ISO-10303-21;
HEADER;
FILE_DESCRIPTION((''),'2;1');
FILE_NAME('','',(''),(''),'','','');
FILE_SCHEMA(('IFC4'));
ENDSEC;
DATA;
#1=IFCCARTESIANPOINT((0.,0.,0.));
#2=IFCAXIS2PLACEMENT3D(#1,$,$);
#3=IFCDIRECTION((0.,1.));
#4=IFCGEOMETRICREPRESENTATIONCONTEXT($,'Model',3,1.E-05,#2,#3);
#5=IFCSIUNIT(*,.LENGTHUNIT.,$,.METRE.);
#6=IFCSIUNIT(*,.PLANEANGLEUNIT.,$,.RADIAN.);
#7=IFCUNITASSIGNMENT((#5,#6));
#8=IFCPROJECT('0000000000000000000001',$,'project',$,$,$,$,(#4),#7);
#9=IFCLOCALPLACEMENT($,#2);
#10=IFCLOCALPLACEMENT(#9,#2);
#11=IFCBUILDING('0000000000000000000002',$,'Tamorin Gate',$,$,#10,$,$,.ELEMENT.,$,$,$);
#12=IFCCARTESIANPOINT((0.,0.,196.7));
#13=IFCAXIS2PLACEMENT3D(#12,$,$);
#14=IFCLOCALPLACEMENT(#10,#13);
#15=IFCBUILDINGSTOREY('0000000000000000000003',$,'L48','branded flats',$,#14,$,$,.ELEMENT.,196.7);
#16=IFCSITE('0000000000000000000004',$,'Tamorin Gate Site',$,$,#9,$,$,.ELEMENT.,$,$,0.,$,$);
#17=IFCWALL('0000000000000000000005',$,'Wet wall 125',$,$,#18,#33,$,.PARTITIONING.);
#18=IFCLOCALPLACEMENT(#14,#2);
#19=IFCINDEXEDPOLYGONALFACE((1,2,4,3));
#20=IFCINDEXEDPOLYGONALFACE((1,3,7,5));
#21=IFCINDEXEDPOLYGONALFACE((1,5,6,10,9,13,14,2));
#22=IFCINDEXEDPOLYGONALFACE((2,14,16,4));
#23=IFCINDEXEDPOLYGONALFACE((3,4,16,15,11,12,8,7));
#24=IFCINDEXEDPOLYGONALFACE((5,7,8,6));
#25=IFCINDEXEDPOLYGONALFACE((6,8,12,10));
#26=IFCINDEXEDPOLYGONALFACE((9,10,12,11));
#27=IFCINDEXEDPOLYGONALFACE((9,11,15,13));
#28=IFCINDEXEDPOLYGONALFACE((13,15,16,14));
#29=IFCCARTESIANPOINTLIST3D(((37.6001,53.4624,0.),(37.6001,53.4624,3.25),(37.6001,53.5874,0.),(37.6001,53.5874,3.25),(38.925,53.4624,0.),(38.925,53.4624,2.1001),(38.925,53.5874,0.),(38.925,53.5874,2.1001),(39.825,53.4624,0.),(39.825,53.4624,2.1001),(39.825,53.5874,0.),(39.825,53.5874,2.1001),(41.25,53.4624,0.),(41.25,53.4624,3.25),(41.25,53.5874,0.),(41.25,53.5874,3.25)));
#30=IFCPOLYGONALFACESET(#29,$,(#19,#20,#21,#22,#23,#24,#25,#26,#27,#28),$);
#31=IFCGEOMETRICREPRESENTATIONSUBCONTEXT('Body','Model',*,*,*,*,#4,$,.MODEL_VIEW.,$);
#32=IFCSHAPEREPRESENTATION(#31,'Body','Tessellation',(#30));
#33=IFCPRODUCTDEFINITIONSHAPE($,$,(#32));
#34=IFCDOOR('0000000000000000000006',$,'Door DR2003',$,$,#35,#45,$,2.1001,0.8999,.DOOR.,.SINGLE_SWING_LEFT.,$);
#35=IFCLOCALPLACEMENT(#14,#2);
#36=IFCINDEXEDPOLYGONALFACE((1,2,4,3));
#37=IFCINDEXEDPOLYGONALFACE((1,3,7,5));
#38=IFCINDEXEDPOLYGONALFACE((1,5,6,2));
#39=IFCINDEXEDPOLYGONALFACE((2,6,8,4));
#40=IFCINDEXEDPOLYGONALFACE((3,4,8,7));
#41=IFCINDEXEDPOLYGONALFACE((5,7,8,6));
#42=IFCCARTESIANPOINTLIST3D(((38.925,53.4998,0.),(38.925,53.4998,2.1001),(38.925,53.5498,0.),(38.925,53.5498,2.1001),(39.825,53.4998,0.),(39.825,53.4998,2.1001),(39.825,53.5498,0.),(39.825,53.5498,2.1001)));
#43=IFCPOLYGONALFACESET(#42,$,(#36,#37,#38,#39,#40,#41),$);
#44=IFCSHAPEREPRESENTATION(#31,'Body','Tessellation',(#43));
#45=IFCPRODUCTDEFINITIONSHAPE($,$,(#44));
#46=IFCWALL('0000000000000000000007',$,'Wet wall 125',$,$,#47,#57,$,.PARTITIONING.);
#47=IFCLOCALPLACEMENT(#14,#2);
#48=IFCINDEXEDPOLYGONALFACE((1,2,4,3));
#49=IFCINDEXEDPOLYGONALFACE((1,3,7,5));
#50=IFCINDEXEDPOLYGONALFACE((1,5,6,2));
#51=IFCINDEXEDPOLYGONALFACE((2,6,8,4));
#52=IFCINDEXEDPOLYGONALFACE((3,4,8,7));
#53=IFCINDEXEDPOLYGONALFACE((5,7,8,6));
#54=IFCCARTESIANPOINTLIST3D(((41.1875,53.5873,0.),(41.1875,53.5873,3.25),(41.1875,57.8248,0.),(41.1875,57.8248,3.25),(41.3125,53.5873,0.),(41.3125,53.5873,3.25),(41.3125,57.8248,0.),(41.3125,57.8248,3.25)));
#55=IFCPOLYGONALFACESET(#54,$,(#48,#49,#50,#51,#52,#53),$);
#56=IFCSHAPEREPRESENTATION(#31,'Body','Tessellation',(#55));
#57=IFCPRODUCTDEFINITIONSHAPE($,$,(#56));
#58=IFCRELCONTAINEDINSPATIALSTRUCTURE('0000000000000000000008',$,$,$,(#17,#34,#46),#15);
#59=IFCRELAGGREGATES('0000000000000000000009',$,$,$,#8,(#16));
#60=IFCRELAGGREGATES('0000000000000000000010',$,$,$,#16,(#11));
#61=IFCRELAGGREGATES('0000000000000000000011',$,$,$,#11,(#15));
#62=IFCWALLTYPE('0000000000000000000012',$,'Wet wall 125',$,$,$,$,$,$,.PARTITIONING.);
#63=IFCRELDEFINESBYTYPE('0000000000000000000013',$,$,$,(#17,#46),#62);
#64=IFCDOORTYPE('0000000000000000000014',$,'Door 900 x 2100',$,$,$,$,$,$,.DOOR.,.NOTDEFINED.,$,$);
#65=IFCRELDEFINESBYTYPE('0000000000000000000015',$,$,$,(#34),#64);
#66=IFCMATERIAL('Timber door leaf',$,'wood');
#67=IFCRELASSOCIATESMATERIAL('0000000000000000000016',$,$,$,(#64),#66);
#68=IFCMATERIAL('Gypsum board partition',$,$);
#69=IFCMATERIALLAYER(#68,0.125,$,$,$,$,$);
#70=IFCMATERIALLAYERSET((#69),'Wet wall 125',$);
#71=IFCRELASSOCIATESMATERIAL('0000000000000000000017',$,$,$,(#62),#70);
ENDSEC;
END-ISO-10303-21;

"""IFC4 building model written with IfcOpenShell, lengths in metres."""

from ifc_helpers import new_model, si_unit, direction, frame, frame_2d, origin, place, context, subcontext, project, spatial, rectangle, extrude, material, layer, layer_set, type_object, element, fill, save


model = new_model("IFC4")

# Units and contexts
model_context = context("Model", 3, precision=1e-05, world=origin(), true_north=direction((0.0, 1.0)))
body_context = subcontext(model_context, "Body", "Model", "MODEL_VIEW")
ifc_project = project(units=[si_unit("LENGTHUNIT", "METRE"), si_unit("PLANEANGLEUNIT", "RADIAN")], contexts=[model_context])

# Site, building, storey
site_placement = place(None, origin())
site = spatial("IfcSite", under=ifc_project, at=site_placement, Name="Tamorin Gate Site", CompositionType="ELEMENT", RefElevation=0.0)
building_placement = place(site_placement, origin())
building = spatial("IfcBuilding", under=site, at=building_placement, Name="Tamorin Gate", CompositionType="ELEMENT")
storey_placement = place(building_placement, frame((0.0, 0.0, 196.7)))
storey = spatial("IfcBuildingStorey", under=building, at=storey_placement, Name="L48", Description="branded flats", CompositionType="ELEMENT", Elevation=196.7)

# Shared definitions
ifc_material_1 = material(Name="Gypsum board partition")

# Shared definitions
ifc_material_2 = material(Name="Timber door leaf", Category="wood")
door_type = type_object("IfcDoorType", Name="Door 900 x 2100", OperationType="NOTDEFINED", PredefinedType="DOOR", material=ifc_material_2)

# Wall, opening, door
ifc_layer_1 = layer(ifc_material_1, 0.125)
ifc_layer_set_1 = layer_set([ifc_layer_1], Name="Wet wall 125")
wall_type_1 = type_object("IfcWallType", Name="Wet wall 125", PredefinedType="PARTITIONING", material=ifc_layer_set_1)
wall_1_placement = place(storey_placement, frame((37.6001, 53.5249, 0.0), z_axis=(0.0, 0.0, 1.0), x_axis=(1.0, 0.0, 0.0)))
wall_1 = element("IfcWall", 1, at=wall_1_placement, inside=storey, type_object=wall_type_1, Name="Wet wall 125", PredefinedType="PARTITIONING", context=body_context, shape_type="SweptSolid", body=[
    extrude(rectangle(XDim=3.6499, YDim=0.125, at=frame_2d((1.825, 0.0))), origin(), (0.0, 0.0, 1.0), 3.25),
])
opening_1_placement = place(wall_1_placement, frame((1.325, 0.0, 0.0)))
opening_1 = element("IfcOpeningElement", 2, at=opening_1_placement, cuts=wall_1, PredefinedType="OPENING", context=body_context, shape_type="SweptSolid", body=[
    extrude(rectangle(XDim=0.8999, YDim=2.1001, at=frame_2d((0.45, 1.05))), frame((0.0, 0.0725, 0.0), z_axis=(0.0, -1.0, 0.0), x_axis=(1.0, 0.0, 0.0)), (0.0, 0.0, 1.0), 0.145),
])
door_1_placement = place(opening_1_placement, origin())
door_1 = element("IfcDoor", 3, at=door_1_placement, inside=storey, type_object=door_type, Name="Door DR2003", OperationType="SINGLE_SWING_LEFT", OverallHeight=2.1001, OverallWidth=0.8999, PredefinedType="DOOR", context=body_context, shape_type="SweptSolid", body=[
    extrude(rectangle(XDim=0.8999, YDim=2.1001, at=frame_2d((0.45, 1.05))), frame((0.0, 0.0249, 0.0), z_axis=(0.0, -1.0, 0.0), x_axis=(1.0, 0.0, 0.0)), (0.0, 0.0, 1.0), 0.05),
])
fill(opening_1, door_1)

# Wall
wall_2_placement = place(storey_placement, frame((41.25, 53.5874, 0.0), z_axis=(0.0, 0.0, 1.0), x_axis=(0.0, 1.0, 0.0)))
element("IfcWall", 4, at=wall_2_placement, inside=storey, type_object=wall_type_1, Name="Wet wall 125", PredefinedType="PARTITIONING", context=body_context, shape_type="SweptSolid", body=[
    extrude(rectangle(XDim=4.2375, YDim=0.125, at=frame_2d((2.1187, 0.0))), origin(), (0.0, 0.0, 1.0), 3.25),
])

save(model, "model.ifc")
